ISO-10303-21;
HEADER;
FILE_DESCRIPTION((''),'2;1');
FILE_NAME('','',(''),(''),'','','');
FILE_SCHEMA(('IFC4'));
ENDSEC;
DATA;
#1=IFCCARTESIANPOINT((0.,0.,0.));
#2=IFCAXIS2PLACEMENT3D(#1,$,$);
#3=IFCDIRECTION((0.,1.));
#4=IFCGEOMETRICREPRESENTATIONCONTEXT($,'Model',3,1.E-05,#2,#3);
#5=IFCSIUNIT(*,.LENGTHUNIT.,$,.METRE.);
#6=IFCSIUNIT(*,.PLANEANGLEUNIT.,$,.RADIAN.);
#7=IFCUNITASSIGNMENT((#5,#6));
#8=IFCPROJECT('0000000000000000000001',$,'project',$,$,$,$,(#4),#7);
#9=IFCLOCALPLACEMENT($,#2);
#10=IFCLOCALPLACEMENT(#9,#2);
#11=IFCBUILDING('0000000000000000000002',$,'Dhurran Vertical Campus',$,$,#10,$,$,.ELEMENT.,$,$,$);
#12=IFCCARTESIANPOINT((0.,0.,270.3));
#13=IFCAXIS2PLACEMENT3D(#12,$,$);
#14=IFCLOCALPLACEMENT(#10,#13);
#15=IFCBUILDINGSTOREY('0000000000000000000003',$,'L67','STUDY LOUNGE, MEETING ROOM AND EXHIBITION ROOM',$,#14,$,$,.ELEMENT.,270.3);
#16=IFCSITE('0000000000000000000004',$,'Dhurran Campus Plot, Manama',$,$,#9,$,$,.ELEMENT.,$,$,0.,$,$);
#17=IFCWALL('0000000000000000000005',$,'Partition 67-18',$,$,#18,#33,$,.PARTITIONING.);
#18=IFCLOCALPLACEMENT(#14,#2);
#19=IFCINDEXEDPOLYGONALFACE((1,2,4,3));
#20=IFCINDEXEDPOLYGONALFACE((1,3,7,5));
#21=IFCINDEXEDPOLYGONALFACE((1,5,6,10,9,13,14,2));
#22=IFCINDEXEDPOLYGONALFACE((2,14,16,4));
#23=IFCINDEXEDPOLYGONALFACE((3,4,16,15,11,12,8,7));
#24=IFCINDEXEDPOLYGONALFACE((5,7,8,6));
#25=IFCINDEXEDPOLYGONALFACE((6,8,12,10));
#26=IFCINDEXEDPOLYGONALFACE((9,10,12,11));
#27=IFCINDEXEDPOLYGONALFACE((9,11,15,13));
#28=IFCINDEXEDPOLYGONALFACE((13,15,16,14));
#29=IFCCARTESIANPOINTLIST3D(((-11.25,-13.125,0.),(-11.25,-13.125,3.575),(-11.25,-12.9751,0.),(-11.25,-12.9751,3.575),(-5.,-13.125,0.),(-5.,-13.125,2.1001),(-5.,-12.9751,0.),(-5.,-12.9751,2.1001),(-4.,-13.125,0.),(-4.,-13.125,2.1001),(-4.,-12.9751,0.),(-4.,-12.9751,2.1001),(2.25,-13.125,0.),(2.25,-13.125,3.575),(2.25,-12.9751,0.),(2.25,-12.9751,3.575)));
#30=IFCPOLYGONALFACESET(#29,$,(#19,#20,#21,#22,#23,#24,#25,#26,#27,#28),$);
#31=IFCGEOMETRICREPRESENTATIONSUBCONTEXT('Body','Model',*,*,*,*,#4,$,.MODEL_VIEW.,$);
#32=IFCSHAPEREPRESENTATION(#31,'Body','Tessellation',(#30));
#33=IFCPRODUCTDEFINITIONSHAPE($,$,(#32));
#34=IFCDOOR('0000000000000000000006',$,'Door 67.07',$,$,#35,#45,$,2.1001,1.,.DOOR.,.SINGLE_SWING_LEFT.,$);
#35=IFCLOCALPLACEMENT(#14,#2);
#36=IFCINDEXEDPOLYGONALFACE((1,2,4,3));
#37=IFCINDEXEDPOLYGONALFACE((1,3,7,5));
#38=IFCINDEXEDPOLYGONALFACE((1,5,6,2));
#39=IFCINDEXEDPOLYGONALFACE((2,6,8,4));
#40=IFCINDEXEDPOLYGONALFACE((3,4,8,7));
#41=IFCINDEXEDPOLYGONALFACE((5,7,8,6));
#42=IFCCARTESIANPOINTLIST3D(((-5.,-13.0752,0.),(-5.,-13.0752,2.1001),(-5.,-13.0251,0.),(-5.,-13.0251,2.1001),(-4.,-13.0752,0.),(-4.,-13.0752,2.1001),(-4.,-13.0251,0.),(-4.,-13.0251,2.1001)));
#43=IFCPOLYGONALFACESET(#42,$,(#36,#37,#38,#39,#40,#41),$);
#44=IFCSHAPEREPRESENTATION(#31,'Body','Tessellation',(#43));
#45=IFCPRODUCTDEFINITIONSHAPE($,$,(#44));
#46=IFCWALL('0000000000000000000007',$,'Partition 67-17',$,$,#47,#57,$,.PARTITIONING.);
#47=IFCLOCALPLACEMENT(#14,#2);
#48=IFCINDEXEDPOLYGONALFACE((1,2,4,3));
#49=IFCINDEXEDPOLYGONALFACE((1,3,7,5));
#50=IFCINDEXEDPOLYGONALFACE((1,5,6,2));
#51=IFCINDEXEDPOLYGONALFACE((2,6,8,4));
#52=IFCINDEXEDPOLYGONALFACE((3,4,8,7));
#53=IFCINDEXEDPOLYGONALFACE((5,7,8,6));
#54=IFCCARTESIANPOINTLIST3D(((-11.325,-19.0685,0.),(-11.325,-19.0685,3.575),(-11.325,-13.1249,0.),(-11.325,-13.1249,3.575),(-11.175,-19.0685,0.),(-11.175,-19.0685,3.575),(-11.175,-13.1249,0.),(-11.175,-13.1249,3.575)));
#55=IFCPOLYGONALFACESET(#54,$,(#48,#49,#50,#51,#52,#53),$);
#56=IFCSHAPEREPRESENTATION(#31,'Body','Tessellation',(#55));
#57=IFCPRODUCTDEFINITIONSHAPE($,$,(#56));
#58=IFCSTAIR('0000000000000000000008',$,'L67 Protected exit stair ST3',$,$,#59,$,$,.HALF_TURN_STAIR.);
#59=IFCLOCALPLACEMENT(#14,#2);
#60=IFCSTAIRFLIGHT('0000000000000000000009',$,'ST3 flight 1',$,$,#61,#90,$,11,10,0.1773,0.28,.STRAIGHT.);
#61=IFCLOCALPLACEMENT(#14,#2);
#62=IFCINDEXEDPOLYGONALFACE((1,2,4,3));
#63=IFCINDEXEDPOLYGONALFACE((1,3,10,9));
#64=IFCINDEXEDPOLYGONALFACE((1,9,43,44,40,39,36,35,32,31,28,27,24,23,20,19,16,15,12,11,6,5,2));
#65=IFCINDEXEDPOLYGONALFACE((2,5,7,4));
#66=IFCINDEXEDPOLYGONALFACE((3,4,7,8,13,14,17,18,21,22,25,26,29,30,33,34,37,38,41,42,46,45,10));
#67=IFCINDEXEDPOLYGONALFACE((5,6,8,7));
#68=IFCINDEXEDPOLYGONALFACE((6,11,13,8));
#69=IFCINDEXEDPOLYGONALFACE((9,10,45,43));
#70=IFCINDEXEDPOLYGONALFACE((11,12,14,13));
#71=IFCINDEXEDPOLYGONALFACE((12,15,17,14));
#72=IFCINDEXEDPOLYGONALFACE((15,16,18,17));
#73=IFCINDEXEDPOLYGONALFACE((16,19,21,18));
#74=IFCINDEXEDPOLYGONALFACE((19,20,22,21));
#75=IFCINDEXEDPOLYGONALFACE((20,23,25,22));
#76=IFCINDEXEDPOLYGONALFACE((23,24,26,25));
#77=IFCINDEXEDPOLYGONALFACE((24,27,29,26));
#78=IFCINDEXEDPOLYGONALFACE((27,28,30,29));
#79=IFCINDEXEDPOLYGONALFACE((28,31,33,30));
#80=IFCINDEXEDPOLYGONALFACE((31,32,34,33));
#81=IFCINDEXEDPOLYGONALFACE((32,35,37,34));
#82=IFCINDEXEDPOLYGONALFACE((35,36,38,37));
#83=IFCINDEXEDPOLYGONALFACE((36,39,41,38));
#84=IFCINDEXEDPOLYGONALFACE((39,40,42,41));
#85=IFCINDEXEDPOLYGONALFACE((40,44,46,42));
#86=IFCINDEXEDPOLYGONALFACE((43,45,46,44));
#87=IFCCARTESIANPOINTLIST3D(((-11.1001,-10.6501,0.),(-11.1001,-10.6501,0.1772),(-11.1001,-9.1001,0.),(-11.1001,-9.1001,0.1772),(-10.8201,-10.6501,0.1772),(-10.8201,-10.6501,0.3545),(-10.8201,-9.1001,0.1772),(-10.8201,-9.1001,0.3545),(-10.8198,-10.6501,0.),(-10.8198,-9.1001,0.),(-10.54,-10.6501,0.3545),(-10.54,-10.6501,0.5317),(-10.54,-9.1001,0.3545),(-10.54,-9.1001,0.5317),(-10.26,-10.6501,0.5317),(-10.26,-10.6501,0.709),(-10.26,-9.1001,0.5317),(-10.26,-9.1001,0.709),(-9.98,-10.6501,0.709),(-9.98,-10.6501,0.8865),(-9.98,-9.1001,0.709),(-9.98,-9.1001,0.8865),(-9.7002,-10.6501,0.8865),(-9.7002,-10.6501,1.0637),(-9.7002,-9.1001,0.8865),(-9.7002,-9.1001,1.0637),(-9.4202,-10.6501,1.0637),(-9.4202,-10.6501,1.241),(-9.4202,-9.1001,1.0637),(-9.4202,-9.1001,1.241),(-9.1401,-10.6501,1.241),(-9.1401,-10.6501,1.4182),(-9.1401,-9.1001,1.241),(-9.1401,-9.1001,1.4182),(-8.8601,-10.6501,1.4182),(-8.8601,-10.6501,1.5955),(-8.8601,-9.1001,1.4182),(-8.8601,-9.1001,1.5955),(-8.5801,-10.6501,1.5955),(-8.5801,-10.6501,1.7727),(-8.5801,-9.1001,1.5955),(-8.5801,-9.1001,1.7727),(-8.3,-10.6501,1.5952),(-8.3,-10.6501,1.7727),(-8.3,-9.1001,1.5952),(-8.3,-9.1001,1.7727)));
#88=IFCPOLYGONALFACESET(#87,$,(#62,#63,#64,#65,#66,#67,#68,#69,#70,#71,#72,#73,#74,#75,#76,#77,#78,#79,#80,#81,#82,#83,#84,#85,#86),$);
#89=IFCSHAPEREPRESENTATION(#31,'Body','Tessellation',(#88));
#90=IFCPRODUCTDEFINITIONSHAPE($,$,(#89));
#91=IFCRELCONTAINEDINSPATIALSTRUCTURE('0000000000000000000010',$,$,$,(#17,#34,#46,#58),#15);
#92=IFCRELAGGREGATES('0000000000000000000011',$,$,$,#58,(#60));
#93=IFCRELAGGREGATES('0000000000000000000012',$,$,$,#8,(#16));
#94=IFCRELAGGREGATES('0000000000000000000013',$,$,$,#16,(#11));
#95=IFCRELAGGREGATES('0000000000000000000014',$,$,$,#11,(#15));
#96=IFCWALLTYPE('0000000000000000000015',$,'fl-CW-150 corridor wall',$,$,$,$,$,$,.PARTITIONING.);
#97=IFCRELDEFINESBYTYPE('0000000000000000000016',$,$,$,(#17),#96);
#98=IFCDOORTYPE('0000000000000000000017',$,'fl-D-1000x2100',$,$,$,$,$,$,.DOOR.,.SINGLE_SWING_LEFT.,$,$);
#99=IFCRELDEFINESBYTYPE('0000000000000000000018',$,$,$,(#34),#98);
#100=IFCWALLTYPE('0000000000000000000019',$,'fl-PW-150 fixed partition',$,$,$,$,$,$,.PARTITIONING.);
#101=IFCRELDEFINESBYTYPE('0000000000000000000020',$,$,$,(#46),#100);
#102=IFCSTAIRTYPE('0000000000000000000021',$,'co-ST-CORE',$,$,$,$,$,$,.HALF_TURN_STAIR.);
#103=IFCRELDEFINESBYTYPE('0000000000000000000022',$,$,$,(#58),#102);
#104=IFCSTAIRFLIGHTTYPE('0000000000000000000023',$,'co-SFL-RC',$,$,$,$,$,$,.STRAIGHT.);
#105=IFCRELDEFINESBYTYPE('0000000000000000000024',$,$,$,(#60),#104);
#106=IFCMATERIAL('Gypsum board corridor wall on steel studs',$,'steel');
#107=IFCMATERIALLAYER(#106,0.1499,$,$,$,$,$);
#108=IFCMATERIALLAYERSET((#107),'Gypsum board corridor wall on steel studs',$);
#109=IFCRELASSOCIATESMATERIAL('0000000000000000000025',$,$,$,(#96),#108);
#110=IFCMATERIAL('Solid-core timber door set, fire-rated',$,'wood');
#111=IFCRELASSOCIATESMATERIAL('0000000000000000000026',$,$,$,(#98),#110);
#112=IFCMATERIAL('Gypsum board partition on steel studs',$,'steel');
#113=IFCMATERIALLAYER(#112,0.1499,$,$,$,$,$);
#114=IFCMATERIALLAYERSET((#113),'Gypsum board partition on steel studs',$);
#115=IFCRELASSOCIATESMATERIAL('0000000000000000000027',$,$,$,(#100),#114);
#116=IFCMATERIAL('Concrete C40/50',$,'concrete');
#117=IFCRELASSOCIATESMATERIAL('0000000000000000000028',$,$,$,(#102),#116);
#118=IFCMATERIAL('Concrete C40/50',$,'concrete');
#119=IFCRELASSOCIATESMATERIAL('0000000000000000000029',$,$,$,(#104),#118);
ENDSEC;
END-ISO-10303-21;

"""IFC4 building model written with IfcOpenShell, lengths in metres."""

from ifc_helpers import new_model, si_unit, direction, frame, frame_2d, origin, place, context, subcontext, project, spatial, polyline, rectangle, outline, extrude, material, layer, layer_set, type_object, element, fill, aggregate, save


model = new_model("IFC4")

# Units and contexts
model_context = context("Model", 3, precision=1e-05, world=origin(), true_north=direction((0.0, 1.0)))
body_context = subcontext(model_context, "Body", "Model", "MODEL_VIEW")
ifc_project = project(units=[si_unit("LENGTHUNIT", "METRE"), si_unit("PLANEANGLEUNIT", "RADIAN")], contexts=[model_context])

# Site, building, storey
site_placement = place(None, origin())
site = spatial("IfcSite", under=ifc_project, at=site_placement, Name="Dhurran Campus Plot, Manama", CompositionType="ELEMENT", RefElevation=0.0)
building_placement = place(site_placement, origin())
building = spatial("IfcBuilding", under=site, at=building_placement, Name="Dhurran Vertical Campus", CompositionType="ELEMENT")
storey_placement = place(building_placement, frame((0.0, 0.0, 270.3)))
storey = spatial("IfcBuildingStorey", under=building, at=storey_placement, Name="L67", Description="STUDY LOUNGE, MEETING ROOM AND EXHIBITION ROOM", CompositionType="ELEMENT", Elevation=270.3)

# Wall, opening, door
ifc_material_1 = material(Name="Gypsum board corridor wall on steel studs", Category="steel")
ifc_layer_1 = layer(ifc_material_1, 0.1499)
ifc_layer_set_1 = layer_set([ifc_layer_1], Name="Gypsum board corridor wall on steel studs")
wall_type_1 = type_object("IfcWallType", Name="fl-CW-150 corridor wall", PredefinedType="PARTITIONING", material=ifc_layer_set_1)
wall_1_placement = place(storey_placement, frame((-11.25, -13.05, 0.0), z_axis=(0.0, 0.0, 1.0), x_axis=(1.0, 0.0, 0.0)))
wall_1 = element("IfcWall", 1, at=wall_1_placement, inside=storey, type_object=wall_type_1, Name="Partition 67-18", PredefinedType="PARTITIONING", context=body_context, shape_type="SweptSolid", body=[
    extrude(rectangle(XDim=13.5, YDim=0.1499, at=frame_2d((6.75, 0.0))), origin(), (0.0, 0.0, 1.0), 3.575),
])
opening_1_placement = place(wall_1_placement, frame((6.25, 0.0, 0.0)))
opening_1 = element("IfcOpeningElement", 2, at=opening_1_placement, cuts=wall_1, PredefinedType="OPENING", context=body_context, shape_type="SweptSolid", body=[
    extrude(rectangle(XDim=1.0, YDim=2.1001, at=frame_2d((0.5, 1.05))), frame((0.0, 0.085, 0.0), z_axis=(0.0, -1.0, 0.0), x_axis=(1.0, 0.0, 0.0)), (0.0, 0.0, 1.0), 0.1699),
])
ifc_material_2 = material(Name="Solid-core timber door set, fire-rated", Category="wood")
door_type_1 = type_object("IfcDoorType", Name="fl-D-1000x2100", OperationType="SINGLE_SWING_LEFT", PredefinedType="DOOR", material=ifc_material_2)
door_1_placement = place(opening_1_placement, origin())
door_1 = element("IfcDoor", 3, at=door_1_placement, inside=storey, type_object=door_type_1, Name="Door 67.07", OperationType="SINGLE_SWING_LEFT", OverallHeight=2.1001, OverallWidth=1.0, PredefinedType="DOOR", context=body_context, shape_type="SweptSolid", body=[
    extrude(rectangle(XDim=1.0, YDim=2.1001, at=frame_2d((0.5, 1.05))), frame((0.0, 0.0249, 0.0), z_axis=(0.0, -1.0, 0.0), x_axis=(1.0, 0.0, 0.0)), (0.0, 0.0, 1.0), 0.05),
])
fill(opening_1, door_1)

# Wall
ifc_material_3 = material(Name="Gypsum board partition on steel studs", Category="steel")
ifc_layer_2 = layer(ifc_material_3, 0.1499)
ifc_layer_set_2 = layer_set([ifc_layer_2], Name="Gypsum board partition on steel studs")
wall_type_2 = type_object("IfcWallType", Name="fl-PW-150 fixed partition", PredefinedType="PARTITIONING", material=ifc_layer_set_2)
wall_2_placement = place(storey_placement, frame((-11.25, -13.125, 0.0), z_axis=(0.0, 0.0, 1.0), x_axis=(0.0, -1.0, 0.0)))
element("IfcWall", 4, at=wall_2_placement, inside=storey, type_object=wall_type_2, Name="Partition 67-17", PredefinedType="PARTITIONING", context=body_context, shape_type="SweptSolid", body=[
    extrude(rectangle(XDim=5.9436, YDim=0.1499, at=frame_2d((2.9717, 0.0))), origin(), (0.0, 0.0, 1.0), 3.575),
])

# Stair, stair flight
ifc_material_4 = material(Name="Concrete C40/50", Category="concrete")
stair_type = type_object("IfcStairType", Name="co-ST-CORE", PredefinedType="HALF_TURN_STAIR", material=ifc_material_4)
stair_placement = place(storey_placement, origin())
stair = element("IfcStair", 5, at=stair_placement, inside=storey, type_object=stair_type, Name="L67 Protected exit stair ST3", PredefinedType="HALF_TURN_STAIR")
ifc_material_5 = material(Name="Concrete C40/50", Category="concrete")
stair_flight_type = type_object("IfcStairFlightType", Name="co-SFL-RC", PredefinedType="STRAIGHT", material=ifc_material_5)
stair_flight_placement = place(storey_placement, frame((-11.1001, -9.875, 0.0), z_axis=(0.0, 0.0, 1.0), x_axis=(1.0, 0.0, 0.0)))
stair_flight = element("IfcStairFlight", 6, at=stair_flight_placement, type_object=stair_flight_type, Name="ST3 flight 1", NumberOfRisers=11, NumberOfTreads=10, PredefinedType="STRAIGHT", RiserHeight=0.1773, TreadLength=0.28, context=body_context, shape_type="SweptSolid", body=[
    extrude(outline(polyline([(0.0, 0.0), (0.0, 0.1772), (0.28, 0.1772), (0.28, 0.3545), (0.5601, 0.3545), (0.5601, 0.5317), (0.8401, 0.5317), (0.8401, 0.709), (1.1201, 0.709), (1.1201, 0.8865), (1.3999, 0.8865), (1.3999, 1.0637), (1.6799, 1.0637), (1.6799, 1.241), (1.96, 1.241), (1.96, 1.4182), (2.24, 1.4182), (2.24, 1.5955), (2.52, 1.5955), (2.52, 1.7727), (2.8, 1.7727), (2.8, 1.95), (2.8, 1.5952), (0.2803, 0.0), (0.0, 0.0)])), frame((0.0, 0.7749, 0.0), z_axis=(0.0, -1.0, 0.0), x_axis=(1.0, 0.0, 0.0)), (0.0, 0.0, 1.0), 1.55),
])
aggregate(stair, [stair_flight])

save(model, "model.ifc")
